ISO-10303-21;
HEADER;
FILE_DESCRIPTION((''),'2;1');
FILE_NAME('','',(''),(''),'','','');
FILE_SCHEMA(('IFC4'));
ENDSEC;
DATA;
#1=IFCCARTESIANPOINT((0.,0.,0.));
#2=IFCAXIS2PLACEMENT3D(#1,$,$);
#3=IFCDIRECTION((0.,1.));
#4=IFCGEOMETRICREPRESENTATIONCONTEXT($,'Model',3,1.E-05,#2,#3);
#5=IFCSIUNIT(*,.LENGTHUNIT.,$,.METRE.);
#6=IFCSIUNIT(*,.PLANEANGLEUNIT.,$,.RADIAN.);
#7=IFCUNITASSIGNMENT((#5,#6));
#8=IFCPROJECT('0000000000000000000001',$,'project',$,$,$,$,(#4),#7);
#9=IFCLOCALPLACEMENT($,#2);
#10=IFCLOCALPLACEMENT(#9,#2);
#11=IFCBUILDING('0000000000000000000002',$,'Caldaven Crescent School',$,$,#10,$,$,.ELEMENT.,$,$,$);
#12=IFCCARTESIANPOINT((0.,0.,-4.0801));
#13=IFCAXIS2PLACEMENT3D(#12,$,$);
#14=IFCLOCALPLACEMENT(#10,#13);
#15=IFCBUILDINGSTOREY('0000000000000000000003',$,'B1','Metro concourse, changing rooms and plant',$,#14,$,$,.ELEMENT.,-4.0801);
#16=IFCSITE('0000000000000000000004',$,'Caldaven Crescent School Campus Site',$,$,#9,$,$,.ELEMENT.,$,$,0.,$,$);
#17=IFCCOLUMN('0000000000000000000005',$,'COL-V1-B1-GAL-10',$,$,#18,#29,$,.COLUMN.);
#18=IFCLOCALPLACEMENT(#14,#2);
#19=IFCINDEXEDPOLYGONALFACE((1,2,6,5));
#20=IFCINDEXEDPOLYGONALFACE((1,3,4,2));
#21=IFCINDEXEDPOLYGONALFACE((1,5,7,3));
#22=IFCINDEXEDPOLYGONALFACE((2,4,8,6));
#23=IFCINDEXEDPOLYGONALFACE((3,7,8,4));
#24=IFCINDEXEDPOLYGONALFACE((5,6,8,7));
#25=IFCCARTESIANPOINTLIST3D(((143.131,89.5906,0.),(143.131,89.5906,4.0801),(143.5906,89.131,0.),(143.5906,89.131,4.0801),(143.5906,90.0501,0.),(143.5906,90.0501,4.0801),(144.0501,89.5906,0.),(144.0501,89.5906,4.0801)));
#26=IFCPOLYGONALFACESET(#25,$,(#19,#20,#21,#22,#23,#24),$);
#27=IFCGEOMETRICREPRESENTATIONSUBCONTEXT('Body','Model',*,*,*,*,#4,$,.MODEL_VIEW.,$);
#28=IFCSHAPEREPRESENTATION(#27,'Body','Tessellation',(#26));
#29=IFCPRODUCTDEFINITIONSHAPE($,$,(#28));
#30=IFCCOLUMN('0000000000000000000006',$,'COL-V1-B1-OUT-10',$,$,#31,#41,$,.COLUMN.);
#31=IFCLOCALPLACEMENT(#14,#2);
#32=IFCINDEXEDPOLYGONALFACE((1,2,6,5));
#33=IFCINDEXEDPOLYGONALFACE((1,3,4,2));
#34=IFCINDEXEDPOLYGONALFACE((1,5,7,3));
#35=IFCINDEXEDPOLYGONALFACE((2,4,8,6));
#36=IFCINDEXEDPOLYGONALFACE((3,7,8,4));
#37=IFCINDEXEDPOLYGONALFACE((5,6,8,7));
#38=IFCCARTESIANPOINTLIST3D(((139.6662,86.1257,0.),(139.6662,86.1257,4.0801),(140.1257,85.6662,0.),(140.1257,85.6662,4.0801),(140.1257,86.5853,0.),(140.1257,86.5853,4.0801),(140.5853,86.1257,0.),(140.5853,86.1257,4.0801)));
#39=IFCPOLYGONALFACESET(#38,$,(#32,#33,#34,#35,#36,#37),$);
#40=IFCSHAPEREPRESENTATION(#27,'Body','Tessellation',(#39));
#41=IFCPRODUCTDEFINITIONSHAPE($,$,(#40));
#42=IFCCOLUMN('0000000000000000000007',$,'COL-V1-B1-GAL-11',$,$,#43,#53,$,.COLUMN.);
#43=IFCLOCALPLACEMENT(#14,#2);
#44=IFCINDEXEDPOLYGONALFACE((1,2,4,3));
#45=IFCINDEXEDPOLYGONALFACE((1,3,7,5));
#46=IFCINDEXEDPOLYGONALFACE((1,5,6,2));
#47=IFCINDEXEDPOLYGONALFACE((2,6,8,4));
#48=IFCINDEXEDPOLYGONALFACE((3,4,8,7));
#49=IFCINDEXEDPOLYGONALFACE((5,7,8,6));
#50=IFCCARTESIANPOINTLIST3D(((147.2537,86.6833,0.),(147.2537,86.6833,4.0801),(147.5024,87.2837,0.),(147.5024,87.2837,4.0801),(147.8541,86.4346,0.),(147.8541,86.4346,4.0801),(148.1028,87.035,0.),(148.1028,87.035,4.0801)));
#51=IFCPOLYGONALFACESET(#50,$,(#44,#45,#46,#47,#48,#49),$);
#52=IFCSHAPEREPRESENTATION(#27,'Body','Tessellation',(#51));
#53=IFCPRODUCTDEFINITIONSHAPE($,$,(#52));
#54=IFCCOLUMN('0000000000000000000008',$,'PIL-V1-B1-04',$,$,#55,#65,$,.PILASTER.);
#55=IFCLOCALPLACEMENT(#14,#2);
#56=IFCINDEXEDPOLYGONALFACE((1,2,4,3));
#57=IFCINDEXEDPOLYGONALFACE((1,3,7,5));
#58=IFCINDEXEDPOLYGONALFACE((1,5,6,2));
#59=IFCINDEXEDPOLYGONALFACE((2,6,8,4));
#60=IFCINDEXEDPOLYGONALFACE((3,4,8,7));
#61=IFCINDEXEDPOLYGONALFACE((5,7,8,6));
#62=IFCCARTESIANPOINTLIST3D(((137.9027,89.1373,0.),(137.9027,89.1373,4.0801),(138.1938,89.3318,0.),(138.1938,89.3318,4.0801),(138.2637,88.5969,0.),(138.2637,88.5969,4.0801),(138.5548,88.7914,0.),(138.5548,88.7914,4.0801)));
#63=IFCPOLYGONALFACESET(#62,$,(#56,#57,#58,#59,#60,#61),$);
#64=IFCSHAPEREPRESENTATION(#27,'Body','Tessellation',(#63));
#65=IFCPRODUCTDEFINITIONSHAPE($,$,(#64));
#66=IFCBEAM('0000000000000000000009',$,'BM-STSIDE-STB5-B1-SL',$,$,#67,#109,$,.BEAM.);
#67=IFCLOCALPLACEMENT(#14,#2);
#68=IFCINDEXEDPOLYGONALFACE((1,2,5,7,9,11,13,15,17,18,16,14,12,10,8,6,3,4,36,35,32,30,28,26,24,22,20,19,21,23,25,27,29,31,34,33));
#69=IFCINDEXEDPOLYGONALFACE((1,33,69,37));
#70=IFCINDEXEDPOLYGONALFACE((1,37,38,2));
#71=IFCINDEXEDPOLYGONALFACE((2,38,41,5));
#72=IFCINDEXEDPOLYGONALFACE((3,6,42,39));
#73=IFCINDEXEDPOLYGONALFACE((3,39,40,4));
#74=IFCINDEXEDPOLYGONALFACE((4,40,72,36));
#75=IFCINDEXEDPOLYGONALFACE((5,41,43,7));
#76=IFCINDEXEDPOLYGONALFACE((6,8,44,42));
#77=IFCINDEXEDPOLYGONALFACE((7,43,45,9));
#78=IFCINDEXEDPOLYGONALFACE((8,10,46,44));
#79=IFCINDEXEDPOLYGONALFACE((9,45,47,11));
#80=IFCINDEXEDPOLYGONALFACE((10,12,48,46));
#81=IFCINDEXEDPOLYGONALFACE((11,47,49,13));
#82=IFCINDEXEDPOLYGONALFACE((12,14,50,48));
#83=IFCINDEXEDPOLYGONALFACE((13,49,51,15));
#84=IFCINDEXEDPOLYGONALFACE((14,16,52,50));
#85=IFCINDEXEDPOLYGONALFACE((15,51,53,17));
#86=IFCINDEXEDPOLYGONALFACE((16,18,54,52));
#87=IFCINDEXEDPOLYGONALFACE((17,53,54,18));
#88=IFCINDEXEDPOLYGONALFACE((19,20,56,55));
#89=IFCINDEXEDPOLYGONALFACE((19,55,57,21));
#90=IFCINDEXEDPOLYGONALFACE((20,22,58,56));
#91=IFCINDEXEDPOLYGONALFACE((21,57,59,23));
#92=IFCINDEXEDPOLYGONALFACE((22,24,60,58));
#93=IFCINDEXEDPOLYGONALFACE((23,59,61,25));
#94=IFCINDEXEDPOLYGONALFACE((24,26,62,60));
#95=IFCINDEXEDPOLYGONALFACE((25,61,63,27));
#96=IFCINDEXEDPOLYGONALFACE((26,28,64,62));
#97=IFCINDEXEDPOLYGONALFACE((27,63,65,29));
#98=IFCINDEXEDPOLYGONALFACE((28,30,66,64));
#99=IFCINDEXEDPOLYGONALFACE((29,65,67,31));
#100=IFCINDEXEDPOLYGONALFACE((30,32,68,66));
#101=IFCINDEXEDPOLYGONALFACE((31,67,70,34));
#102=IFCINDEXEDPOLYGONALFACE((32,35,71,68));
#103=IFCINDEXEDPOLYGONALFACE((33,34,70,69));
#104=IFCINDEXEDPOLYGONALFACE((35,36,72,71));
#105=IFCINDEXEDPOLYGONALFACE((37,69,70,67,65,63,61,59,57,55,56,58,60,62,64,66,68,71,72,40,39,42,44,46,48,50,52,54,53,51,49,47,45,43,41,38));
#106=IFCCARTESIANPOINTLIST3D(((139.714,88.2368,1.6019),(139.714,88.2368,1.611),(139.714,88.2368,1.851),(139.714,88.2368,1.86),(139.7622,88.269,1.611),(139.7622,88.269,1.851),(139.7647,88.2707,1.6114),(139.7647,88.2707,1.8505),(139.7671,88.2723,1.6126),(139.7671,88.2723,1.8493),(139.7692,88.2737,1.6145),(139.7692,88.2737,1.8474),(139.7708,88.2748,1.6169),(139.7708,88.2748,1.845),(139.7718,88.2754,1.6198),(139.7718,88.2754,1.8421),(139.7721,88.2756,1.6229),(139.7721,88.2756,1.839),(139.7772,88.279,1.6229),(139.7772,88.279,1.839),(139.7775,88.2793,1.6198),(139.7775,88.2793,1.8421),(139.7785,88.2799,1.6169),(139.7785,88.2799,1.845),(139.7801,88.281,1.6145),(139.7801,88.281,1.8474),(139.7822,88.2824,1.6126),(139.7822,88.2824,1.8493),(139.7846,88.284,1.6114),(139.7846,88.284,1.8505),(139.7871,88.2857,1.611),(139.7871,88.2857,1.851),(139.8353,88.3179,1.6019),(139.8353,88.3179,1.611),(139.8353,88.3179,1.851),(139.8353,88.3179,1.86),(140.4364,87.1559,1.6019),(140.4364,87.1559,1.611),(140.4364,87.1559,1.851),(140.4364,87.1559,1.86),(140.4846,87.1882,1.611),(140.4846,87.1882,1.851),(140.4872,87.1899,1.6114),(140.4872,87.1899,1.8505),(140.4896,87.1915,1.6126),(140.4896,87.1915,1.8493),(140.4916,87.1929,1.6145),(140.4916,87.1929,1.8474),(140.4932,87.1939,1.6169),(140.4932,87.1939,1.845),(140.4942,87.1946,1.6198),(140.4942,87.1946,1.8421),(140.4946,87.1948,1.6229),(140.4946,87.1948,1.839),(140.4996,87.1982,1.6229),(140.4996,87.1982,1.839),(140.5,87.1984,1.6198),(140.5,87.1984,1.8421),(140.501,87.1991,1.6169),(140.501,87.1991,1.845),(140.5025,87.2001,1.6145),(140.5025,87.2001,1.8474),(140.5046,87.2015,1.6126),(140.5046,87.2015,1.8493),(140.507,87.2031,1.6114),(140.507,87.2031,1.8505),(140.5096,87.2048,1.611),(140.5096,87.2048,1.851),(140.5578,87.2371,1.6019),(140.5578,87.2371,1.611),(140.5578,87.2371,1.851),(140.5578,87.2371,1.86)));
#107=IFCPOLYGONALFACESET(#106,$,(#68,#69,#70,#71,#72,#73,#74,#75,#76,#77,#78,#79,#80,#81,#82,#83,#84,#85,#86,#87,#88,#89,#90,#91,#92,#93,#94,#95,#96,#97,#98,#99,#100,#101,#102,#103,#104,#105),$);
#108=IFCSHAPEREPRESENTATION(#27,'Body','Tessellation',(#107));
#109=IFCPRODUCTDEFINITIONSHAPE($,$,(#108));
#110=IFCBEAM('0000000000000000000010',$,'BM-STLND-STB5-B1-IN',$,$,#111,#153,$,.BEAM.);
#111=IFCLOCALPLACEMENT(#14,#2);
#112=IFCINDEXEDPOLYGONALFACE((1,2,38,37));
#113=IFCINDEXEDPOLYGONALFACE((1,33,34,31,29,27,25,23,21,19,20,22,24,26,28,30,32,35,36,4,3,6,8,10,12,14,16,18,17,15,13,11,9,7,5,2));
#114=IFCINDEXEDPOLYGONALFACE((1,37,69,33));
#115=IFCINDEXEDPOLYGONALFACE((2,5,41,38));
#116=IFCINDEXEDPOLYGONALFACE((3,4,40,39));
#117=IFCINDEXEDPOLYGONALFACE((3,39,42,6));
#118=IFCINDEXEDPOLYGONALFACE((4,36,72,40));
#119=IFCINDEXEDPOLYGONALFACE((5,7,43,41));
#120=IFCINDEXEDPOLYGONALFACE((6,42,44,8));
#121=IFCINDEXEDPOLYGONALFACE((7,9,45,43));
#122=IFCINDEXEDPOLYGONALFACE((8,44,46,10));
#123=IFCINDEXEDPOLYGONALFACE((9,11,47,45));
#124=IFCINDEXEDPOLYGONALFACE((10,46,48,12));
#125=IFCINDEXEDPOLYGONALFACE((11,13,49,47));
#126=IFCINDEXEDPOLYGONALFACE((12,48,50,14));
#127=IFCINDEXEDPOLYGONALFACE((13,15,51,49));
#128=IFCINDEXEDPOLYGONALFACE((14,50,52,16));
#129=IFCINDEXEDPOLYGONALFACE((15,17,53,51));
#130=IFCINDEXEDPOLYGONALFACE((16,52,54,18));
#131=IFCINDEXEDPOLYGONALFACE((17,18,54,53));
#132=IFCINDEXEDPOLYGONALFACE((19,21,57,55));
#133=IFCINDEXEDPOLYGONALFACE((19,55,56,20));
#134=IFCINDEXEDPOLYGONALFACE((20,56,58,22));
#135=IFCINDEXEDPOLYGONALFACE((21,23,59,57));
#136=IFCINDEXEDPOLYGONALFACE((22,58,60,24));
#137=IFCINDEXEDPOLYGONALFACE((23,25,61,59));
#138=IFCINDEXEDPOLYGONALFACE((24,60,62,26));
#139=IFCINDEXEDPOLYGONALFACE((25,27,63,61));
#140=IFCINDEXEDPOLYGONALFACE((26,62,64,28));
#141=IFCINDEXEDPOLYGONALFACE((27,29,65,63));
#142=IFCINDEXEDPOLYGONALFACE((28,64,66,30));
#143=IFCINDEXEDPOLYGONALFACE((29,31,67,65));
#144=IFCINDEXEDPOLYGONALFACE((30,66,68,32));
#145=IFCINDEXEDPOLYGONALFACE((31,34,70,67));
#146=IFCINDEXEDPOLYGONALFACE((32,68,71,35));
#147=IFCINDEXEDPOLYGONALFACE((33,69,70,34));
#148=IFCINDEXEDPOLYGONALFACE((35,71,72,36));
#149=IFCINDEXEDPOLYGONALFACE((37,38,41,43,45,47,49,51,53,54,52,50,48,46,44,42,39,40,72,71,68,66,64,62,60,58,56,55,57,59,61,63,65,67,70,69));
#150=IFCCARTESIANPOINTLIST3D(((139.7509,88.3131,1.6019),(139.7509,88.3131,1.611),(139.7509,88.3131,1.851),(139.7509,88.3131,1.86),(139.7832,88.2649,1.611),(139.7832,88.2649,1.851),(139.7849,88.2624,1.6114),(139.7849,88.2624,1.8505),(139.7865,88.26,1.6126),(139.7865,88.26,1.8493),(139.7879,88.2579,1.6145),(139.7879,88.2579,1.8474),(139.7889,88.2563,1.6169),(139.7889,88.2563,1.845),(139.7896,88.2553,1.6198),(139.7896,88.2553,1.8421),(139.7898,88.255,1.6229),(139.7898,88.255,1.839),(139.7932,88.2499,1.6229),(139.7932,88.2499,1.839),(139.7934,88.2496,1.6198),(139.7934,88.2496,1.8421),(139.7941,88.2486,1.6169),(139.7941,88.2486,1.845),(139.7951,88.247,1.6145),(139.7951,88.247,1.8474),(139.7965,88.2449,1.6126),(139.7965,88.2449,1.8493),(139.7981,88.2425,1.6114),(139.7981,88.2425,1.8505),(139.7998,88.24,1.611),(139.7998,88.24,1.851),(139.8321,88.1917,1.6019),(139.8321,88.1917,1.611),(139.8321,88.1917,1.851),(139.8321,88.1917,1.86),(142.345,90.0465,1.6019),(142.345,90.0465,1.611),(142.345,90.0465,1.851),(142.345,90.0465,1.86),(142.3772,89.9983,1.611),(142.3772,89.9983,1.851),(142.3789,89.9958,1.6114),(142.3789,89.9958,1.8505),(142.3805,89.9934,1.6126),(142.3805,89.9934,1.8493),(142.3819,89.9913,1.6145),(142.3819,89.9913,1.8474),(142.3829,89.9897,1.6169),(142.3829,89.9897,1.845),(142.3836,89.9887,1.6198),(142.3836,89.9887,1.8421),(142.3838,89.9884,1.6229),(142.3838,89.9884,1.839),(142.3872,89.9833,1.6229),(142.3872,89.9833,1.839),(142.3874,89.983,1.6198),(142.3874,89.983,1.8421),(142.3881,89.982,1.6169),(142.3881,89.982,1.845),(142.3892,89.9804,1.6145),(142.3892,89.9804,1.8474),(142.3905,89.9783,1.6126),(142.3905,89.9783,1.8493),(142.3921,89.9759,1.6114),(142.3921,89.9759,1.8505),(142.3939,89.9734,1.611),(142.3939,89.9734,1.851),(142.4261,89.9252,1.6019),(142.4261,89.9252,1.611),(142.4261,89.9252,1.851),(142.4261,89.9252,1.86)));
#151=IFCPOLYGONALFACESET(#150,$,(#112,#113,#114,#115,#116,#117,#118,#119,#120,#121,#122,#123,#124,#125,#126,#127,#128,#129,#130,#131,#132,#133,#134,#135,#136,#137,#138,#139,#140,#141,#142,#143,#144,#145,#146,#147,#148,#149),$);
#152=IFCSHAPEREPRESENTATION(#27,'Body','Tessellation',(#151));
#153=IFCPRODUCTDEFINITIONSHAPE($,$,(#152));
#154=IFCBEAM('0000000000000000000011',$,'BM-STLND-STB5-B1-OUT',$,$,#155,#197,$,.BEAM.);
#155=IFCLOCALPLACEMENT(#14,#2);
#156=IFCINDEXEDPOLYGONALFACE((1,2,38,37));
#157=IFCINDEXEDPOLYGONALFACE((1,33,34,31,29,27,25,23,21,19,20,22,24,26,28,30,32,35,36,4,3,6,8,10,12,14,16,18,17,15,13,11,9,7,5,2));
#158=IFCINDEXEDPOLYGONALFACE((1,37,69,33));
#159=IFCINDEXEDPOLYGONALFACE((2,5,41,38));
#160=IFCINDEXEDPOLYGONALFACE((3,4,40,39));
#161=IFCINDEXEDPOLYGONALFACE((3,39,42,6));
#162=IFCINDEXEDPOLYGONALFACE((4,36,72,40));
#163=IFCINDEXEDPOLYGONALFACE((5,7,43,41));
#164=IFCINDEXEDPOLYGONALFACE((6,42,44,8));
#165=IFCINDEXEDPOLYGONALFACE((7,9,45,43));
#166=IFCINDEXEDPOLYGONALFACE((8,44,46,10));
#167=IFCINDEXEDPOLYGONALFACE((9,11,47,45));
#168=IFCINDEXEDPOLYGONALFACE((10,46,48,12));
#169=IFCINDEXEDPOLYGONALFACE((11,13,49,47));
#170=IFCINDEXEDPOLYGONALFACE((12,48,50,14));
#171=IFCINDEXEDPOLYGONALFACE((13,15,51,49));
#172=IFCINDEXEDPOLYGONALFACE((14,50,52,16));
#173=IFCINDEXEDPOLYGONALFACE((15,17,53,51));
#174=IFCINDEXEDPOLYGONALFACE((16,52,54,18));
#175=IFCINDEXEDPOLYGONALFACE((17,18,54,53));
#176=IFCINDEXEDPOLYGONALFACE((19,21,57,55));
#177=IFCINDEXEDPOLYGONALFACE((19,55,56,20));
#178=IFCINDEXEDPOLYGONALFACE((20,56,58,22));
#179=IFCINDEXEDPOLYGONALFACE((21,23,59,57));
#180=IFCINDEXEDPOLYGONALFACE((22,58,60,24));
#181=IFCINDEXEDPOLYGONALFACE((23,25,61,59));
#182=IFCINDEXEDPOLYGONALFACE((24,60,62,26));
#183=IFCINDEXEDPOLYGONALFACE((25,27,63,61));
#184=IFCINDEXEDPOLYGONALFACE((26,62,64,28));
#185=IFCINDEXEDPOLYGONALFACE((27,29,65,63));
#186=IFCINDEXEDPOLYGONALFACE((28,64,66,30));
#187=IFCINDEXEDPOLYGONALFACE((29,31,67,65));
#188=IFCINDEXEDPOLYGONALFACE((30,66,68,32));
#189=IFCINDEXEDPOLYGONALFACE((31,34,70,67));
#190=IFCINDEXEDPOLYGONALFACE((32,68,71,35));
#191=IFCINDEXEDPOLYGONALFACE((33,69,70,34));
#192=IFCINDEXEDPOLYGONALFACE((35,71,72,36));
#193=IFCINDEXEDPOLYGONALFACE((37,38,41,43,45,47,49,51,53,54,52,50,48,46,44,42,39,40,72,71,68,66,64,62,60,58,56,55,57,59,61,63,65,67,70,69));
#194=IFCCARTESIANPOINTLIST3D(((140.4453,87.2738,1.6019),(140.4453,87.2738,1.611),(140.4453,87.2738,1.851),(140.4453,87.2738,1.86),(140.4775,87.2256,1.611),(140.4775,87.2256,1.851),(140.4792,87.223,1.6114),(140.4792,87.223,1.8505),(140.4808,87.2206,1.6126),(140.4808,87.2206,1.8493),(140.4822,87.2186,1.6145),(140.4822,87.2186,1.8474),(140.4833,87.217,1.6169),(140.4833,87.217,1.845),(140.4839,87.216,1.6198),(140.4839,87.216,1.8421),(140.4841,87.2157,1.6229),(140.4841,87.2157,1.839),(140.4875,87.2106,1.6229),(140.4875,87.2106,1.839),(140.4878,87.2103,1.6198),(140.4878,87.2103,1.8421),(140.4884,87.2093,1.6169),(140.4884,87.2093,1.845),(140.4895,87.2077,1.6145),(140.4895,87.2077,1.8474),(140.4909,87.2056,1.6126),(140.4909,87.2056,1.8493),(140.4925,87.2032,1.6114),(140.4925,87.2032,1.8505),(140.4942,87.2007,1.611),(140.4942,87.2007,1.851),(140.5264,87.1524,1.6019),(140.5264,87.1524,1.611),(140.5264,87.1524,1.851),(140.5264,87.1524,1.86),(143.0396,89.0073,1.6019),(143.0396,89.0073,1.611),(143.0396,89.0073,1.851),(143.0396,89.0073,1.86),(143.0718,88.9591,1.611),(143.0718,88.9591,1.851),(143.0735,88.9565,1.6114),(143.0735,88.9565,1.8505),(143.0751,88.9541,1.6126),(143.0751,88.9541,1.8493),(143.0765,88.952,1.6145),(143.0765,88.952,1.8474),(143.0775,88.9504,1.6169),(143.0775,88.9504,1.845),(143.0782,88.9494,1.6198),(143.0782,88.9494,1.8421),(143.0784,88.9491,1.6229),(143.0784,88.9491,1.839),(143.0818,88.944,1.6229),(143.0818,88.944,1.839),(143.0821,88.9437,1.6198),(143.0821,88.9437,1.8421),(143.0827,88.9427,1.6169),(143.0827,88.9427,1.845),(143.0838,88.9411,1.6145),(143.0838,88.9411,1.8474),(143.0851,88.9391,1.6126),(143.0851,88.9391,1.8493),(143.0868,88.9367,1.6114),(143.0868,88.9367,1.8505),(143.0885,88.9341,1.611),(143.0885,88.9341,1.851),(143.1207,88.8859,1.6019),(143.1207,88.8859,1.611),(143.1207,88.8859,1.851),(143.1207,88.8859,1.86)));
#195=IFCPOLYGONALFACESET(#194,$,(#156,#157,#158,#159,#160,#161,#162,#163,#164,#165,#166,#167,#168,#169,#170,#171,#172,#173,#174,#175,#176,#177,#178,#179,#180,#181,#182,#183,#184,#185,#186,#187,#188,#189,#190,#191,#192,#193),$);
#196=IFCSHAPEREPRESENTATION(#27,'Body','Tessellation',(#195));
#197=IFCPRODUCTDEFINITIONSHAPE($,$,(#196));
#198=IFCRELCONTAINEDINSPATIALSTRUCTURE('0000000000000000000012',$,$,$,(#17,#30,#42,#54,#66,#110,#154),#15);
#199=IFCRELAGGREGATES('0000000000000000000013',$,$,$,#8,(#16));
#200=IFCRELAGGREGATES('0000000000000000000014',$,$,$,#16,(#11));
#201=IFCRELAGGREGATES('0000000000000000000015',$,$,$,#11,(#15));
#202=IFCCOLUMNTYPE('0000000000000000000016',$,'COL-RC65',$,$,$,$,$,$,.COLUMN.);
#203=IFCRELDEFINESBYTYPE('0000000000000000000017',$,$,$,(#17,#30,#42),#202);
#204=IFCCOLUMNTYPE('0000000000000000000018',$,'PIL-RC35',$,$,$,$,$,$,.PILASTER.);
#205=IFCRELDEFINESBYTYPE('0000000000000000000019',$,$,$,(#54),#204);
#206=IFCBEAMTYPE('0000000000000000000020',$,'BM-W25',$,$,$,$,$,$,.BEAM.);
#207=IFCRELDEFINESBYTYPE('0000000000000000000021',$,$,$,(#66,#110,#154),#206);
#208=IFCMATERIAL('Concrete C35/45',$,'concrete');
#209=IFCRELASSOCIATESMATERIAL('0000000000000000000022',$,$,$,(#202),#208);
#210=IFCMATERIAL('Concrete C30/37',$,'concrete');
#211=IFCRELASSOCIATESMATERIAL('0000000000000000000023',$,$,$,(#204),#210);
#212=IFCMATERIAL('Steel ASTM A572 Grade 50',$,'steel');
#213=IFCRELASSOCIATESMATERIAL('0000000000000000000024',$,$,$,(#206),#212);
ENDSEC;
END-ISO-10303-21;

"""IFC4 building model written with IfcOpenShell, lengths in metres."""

from ifc_helpers import new_model, si_unit, direction, frame, origin, origin_2d, place, context, subcontext, project, spatial, rectangle, i_section, extrude, material, material_profile, profile_set, type_object, element, save


model = new_model("IFC4")

# Units and contexts
model_context = context("Model", 3, precision=1e-05, world=origin(), true_north=direction((0.0, 1.0)))
body_context = subcontext(model_context, "Body", "Model", "MODEL_VIEW")
ifc_project = project(units=[si_unit("LENGTHUNIT", "METRE"), si_unit("PLANEANGLEUNIT", "RADIAN")], contexts=[model_context])

# Site, building, storey
site_placement = place(None, origin())
site = spatial("IfcSite", under=ifc_project, at=site_placement, Name="Caldaven Crescent School Campus Site", CompositionType="ELEMENT", RefElevation=0.0)
building_placement = place(site_placement, origin())
building = spatial("IfcBuilding", under=site, at=building_placement, Name="Caldaven Crescent School", CompositionType="ELEMENT")
storey_placement = place(building_placement, frame((0.0, 0.0, -4.0801)))
storey = spatial("IfcBuildingStorey", under=building, at=storey_placement, Name="B1", Description="Metro concourse, changing rooms and plant", CompositionType="ELEMENT", Elevation=-4.0801)

# Shared definitions
ifc_material_1 = material(Name="Concrete C30/37", Category="concrete")
ifc_material_2 = material(Name="Concrete C35/45", Category="concrete")

# Columns
ifc_material_3 = material(Name="Steel ASTM A572 Grade 50", Category="steel")
ifc_material_profile_1 = material_profile(ifc_material_2, rectangle(XDim=0.6499, YDim=0.6499, at=origin_2d()), Name="RC 650x650")
ifc_profile_set_1 = profile_set([ifc_material_profile_1], Name="Concrete C35/45")
column_type_1 = type_object("IfcColumnType", Name="COL-RC65", PredefinedType="COLUMN", material=ifc_profile_set_1)
for number, where, z_axis, x_axis, name in (
    (1, (143.5906, 89.5906, 0.0), (0.0, 0.0, 1.0), (-0.707107, -0.707107, 0.0), "COL-V1-B1-GAL-10"),
    (2, (140.1257, 86.1257, 0.0), (0.0, 0.0, 1.0), (-0.707107, -0.707107, 0.0), "COL-V1-B1-OUT-10"),
    (3, (147.6782, 86.8591, 0.0), (0.0, 0.0, 1.0), (-0.382683, -0.92388, 0.0), "COL-V1-B1-GAL-11"),
):
    element("IfcColumn", number, at=place(storey_placement, frame(where, z_axis=z_axis, x_axis=x_axis)), inside=storey, type_object=column_type_1, Name=name, PredefinedType="COLUMN", context=body_context, shape_type="SweptSolid", body=[
        extrude(rectangle(XDim=0.6499, YDim=0.6499, at=origin_2d()), origin(), (0.0, 0.0, 1.0), 4.0801),
    ])
ifc_material_profile_2 = material_profile(ifc_material_1, rectangle(XDim=0.3501, YDim=0.6499, at=origin_2d()), Name="RC 350x650")
ifc_profile_set_2 = profile_set([ifc_material_profile_2], Name="Concrete C30/37")
column_type_2 = type_object("IfcColumnType", Name="PIL-RC35", PredefinedType="PILASTER", material=ifc_profile_set_2)
column_placement = place(storey_placement, frame((138.2288, 88.9644, 0.0), z_axis=(0.0, 0.0, 1.0), x_axis=(-0.83147, -0.55557, 0.0)))
element("IfcColumn", 4, at=column_placement, inside=storey, type_object=column_type_2, Name="PIL-V1-B1-04", PredefinedType="PILASTER", context=body_context, shape_type="SweptSolid", body=[
    extrude(rectangle(XDim=0.3501, YDim=0.6499, at=origin_2d()), origin(), (0.0, 0.0, 1.0), 4.0801),
])

# Beams
ifc_material_profile_3 = material_profile(ifc_material_3, i_section(OverallWidth=0.146, OverallDepth=0.2581, WebThickness=0.0061, FlangeThickness=0.009, FilletRadius=0.012, at=origin_2d()), Name="W250x33")
ifc_profile_set_3 = profile_set([ifc_material_profile_3], Name="Steel ASTM A572 Grade 50")
beam_type_1 = type_object("IfcBeamType", Name="BM-W25", PredefinedType="BEAM", material=ifc_profile_set_3)
beam_1_placement = place(storey_placement, frame((139.7747, 88.2773, 1.731), z_axis=(0.555697, -0.831385, 0.0), x_axis=(0.831385, 0.555697, 0.0)))
element("IfcBeam", 5, at=beam_1_placement, inside=storey, type_object=beam_type_1, Name="BM-STSIDE-STB5-B1-SL", PredefinedType="BEAM", context=body_context, shape_type="SweptSolid", body=[
    extrude(i_section(OverallWidth=0.146, OverallDepth=0.2581, WebThickness=0.0061, FlangeThickness=0.009, FilletRadius=0.012, at=origin_2d()), origin(), (0.0, 0.0, 1.0), 1.3),
])
beam_2_placement = place(storey_placement, frame((139.7915, 88.2524, 1.731), z_axis=(0.831448, 0.555603, 0.0), x_axis=(-0.555603, 0.831448, 0.0)))
element("IfcBeam", 6, at=beam_2_placement, inside=storey, type_object=beam_type_1, Name="BM-STLND-STB5-B1-IN", PredefinedType="BEAM", context=body_context, shape_type="SweptSolid", body=[
    extrude(i_section(OverallWidth=0.146, OverallDepth=0.2581, WebThickness=0.0061, FlangeThickness=0.009, FilletRadius=0.012, at=origin_2d()), origin(), (0.0, 0.0, 1.0), 3.1199),
])
beam_3_placement = place(storey_placement, frame((140.4858, 87.2131, 1.731), z_axis=(0.831472, 0.555567, 0.0), x_axis=(-0.555567, 0.831472, 0.0)))
element("IfcBeam", 7, at=beam_3_placement, inside=storey, type_object=beam_type_1, Name="BM-STLND-STB5-B1-OUT", PredefinedType="BEAM", context=body_context, shape_type="SweptSolid", body=[
    extrude(i_section(OverallWidth=0.146, OverallDepth=0.2581, WebThickness=0.0061, FlangeThickness=0.009, FilletRadius=0.012, at=origin_2d()), origin(), (0.0, 0.0, 1.0), 3.1201),
])

save(model, "model.ifc")
